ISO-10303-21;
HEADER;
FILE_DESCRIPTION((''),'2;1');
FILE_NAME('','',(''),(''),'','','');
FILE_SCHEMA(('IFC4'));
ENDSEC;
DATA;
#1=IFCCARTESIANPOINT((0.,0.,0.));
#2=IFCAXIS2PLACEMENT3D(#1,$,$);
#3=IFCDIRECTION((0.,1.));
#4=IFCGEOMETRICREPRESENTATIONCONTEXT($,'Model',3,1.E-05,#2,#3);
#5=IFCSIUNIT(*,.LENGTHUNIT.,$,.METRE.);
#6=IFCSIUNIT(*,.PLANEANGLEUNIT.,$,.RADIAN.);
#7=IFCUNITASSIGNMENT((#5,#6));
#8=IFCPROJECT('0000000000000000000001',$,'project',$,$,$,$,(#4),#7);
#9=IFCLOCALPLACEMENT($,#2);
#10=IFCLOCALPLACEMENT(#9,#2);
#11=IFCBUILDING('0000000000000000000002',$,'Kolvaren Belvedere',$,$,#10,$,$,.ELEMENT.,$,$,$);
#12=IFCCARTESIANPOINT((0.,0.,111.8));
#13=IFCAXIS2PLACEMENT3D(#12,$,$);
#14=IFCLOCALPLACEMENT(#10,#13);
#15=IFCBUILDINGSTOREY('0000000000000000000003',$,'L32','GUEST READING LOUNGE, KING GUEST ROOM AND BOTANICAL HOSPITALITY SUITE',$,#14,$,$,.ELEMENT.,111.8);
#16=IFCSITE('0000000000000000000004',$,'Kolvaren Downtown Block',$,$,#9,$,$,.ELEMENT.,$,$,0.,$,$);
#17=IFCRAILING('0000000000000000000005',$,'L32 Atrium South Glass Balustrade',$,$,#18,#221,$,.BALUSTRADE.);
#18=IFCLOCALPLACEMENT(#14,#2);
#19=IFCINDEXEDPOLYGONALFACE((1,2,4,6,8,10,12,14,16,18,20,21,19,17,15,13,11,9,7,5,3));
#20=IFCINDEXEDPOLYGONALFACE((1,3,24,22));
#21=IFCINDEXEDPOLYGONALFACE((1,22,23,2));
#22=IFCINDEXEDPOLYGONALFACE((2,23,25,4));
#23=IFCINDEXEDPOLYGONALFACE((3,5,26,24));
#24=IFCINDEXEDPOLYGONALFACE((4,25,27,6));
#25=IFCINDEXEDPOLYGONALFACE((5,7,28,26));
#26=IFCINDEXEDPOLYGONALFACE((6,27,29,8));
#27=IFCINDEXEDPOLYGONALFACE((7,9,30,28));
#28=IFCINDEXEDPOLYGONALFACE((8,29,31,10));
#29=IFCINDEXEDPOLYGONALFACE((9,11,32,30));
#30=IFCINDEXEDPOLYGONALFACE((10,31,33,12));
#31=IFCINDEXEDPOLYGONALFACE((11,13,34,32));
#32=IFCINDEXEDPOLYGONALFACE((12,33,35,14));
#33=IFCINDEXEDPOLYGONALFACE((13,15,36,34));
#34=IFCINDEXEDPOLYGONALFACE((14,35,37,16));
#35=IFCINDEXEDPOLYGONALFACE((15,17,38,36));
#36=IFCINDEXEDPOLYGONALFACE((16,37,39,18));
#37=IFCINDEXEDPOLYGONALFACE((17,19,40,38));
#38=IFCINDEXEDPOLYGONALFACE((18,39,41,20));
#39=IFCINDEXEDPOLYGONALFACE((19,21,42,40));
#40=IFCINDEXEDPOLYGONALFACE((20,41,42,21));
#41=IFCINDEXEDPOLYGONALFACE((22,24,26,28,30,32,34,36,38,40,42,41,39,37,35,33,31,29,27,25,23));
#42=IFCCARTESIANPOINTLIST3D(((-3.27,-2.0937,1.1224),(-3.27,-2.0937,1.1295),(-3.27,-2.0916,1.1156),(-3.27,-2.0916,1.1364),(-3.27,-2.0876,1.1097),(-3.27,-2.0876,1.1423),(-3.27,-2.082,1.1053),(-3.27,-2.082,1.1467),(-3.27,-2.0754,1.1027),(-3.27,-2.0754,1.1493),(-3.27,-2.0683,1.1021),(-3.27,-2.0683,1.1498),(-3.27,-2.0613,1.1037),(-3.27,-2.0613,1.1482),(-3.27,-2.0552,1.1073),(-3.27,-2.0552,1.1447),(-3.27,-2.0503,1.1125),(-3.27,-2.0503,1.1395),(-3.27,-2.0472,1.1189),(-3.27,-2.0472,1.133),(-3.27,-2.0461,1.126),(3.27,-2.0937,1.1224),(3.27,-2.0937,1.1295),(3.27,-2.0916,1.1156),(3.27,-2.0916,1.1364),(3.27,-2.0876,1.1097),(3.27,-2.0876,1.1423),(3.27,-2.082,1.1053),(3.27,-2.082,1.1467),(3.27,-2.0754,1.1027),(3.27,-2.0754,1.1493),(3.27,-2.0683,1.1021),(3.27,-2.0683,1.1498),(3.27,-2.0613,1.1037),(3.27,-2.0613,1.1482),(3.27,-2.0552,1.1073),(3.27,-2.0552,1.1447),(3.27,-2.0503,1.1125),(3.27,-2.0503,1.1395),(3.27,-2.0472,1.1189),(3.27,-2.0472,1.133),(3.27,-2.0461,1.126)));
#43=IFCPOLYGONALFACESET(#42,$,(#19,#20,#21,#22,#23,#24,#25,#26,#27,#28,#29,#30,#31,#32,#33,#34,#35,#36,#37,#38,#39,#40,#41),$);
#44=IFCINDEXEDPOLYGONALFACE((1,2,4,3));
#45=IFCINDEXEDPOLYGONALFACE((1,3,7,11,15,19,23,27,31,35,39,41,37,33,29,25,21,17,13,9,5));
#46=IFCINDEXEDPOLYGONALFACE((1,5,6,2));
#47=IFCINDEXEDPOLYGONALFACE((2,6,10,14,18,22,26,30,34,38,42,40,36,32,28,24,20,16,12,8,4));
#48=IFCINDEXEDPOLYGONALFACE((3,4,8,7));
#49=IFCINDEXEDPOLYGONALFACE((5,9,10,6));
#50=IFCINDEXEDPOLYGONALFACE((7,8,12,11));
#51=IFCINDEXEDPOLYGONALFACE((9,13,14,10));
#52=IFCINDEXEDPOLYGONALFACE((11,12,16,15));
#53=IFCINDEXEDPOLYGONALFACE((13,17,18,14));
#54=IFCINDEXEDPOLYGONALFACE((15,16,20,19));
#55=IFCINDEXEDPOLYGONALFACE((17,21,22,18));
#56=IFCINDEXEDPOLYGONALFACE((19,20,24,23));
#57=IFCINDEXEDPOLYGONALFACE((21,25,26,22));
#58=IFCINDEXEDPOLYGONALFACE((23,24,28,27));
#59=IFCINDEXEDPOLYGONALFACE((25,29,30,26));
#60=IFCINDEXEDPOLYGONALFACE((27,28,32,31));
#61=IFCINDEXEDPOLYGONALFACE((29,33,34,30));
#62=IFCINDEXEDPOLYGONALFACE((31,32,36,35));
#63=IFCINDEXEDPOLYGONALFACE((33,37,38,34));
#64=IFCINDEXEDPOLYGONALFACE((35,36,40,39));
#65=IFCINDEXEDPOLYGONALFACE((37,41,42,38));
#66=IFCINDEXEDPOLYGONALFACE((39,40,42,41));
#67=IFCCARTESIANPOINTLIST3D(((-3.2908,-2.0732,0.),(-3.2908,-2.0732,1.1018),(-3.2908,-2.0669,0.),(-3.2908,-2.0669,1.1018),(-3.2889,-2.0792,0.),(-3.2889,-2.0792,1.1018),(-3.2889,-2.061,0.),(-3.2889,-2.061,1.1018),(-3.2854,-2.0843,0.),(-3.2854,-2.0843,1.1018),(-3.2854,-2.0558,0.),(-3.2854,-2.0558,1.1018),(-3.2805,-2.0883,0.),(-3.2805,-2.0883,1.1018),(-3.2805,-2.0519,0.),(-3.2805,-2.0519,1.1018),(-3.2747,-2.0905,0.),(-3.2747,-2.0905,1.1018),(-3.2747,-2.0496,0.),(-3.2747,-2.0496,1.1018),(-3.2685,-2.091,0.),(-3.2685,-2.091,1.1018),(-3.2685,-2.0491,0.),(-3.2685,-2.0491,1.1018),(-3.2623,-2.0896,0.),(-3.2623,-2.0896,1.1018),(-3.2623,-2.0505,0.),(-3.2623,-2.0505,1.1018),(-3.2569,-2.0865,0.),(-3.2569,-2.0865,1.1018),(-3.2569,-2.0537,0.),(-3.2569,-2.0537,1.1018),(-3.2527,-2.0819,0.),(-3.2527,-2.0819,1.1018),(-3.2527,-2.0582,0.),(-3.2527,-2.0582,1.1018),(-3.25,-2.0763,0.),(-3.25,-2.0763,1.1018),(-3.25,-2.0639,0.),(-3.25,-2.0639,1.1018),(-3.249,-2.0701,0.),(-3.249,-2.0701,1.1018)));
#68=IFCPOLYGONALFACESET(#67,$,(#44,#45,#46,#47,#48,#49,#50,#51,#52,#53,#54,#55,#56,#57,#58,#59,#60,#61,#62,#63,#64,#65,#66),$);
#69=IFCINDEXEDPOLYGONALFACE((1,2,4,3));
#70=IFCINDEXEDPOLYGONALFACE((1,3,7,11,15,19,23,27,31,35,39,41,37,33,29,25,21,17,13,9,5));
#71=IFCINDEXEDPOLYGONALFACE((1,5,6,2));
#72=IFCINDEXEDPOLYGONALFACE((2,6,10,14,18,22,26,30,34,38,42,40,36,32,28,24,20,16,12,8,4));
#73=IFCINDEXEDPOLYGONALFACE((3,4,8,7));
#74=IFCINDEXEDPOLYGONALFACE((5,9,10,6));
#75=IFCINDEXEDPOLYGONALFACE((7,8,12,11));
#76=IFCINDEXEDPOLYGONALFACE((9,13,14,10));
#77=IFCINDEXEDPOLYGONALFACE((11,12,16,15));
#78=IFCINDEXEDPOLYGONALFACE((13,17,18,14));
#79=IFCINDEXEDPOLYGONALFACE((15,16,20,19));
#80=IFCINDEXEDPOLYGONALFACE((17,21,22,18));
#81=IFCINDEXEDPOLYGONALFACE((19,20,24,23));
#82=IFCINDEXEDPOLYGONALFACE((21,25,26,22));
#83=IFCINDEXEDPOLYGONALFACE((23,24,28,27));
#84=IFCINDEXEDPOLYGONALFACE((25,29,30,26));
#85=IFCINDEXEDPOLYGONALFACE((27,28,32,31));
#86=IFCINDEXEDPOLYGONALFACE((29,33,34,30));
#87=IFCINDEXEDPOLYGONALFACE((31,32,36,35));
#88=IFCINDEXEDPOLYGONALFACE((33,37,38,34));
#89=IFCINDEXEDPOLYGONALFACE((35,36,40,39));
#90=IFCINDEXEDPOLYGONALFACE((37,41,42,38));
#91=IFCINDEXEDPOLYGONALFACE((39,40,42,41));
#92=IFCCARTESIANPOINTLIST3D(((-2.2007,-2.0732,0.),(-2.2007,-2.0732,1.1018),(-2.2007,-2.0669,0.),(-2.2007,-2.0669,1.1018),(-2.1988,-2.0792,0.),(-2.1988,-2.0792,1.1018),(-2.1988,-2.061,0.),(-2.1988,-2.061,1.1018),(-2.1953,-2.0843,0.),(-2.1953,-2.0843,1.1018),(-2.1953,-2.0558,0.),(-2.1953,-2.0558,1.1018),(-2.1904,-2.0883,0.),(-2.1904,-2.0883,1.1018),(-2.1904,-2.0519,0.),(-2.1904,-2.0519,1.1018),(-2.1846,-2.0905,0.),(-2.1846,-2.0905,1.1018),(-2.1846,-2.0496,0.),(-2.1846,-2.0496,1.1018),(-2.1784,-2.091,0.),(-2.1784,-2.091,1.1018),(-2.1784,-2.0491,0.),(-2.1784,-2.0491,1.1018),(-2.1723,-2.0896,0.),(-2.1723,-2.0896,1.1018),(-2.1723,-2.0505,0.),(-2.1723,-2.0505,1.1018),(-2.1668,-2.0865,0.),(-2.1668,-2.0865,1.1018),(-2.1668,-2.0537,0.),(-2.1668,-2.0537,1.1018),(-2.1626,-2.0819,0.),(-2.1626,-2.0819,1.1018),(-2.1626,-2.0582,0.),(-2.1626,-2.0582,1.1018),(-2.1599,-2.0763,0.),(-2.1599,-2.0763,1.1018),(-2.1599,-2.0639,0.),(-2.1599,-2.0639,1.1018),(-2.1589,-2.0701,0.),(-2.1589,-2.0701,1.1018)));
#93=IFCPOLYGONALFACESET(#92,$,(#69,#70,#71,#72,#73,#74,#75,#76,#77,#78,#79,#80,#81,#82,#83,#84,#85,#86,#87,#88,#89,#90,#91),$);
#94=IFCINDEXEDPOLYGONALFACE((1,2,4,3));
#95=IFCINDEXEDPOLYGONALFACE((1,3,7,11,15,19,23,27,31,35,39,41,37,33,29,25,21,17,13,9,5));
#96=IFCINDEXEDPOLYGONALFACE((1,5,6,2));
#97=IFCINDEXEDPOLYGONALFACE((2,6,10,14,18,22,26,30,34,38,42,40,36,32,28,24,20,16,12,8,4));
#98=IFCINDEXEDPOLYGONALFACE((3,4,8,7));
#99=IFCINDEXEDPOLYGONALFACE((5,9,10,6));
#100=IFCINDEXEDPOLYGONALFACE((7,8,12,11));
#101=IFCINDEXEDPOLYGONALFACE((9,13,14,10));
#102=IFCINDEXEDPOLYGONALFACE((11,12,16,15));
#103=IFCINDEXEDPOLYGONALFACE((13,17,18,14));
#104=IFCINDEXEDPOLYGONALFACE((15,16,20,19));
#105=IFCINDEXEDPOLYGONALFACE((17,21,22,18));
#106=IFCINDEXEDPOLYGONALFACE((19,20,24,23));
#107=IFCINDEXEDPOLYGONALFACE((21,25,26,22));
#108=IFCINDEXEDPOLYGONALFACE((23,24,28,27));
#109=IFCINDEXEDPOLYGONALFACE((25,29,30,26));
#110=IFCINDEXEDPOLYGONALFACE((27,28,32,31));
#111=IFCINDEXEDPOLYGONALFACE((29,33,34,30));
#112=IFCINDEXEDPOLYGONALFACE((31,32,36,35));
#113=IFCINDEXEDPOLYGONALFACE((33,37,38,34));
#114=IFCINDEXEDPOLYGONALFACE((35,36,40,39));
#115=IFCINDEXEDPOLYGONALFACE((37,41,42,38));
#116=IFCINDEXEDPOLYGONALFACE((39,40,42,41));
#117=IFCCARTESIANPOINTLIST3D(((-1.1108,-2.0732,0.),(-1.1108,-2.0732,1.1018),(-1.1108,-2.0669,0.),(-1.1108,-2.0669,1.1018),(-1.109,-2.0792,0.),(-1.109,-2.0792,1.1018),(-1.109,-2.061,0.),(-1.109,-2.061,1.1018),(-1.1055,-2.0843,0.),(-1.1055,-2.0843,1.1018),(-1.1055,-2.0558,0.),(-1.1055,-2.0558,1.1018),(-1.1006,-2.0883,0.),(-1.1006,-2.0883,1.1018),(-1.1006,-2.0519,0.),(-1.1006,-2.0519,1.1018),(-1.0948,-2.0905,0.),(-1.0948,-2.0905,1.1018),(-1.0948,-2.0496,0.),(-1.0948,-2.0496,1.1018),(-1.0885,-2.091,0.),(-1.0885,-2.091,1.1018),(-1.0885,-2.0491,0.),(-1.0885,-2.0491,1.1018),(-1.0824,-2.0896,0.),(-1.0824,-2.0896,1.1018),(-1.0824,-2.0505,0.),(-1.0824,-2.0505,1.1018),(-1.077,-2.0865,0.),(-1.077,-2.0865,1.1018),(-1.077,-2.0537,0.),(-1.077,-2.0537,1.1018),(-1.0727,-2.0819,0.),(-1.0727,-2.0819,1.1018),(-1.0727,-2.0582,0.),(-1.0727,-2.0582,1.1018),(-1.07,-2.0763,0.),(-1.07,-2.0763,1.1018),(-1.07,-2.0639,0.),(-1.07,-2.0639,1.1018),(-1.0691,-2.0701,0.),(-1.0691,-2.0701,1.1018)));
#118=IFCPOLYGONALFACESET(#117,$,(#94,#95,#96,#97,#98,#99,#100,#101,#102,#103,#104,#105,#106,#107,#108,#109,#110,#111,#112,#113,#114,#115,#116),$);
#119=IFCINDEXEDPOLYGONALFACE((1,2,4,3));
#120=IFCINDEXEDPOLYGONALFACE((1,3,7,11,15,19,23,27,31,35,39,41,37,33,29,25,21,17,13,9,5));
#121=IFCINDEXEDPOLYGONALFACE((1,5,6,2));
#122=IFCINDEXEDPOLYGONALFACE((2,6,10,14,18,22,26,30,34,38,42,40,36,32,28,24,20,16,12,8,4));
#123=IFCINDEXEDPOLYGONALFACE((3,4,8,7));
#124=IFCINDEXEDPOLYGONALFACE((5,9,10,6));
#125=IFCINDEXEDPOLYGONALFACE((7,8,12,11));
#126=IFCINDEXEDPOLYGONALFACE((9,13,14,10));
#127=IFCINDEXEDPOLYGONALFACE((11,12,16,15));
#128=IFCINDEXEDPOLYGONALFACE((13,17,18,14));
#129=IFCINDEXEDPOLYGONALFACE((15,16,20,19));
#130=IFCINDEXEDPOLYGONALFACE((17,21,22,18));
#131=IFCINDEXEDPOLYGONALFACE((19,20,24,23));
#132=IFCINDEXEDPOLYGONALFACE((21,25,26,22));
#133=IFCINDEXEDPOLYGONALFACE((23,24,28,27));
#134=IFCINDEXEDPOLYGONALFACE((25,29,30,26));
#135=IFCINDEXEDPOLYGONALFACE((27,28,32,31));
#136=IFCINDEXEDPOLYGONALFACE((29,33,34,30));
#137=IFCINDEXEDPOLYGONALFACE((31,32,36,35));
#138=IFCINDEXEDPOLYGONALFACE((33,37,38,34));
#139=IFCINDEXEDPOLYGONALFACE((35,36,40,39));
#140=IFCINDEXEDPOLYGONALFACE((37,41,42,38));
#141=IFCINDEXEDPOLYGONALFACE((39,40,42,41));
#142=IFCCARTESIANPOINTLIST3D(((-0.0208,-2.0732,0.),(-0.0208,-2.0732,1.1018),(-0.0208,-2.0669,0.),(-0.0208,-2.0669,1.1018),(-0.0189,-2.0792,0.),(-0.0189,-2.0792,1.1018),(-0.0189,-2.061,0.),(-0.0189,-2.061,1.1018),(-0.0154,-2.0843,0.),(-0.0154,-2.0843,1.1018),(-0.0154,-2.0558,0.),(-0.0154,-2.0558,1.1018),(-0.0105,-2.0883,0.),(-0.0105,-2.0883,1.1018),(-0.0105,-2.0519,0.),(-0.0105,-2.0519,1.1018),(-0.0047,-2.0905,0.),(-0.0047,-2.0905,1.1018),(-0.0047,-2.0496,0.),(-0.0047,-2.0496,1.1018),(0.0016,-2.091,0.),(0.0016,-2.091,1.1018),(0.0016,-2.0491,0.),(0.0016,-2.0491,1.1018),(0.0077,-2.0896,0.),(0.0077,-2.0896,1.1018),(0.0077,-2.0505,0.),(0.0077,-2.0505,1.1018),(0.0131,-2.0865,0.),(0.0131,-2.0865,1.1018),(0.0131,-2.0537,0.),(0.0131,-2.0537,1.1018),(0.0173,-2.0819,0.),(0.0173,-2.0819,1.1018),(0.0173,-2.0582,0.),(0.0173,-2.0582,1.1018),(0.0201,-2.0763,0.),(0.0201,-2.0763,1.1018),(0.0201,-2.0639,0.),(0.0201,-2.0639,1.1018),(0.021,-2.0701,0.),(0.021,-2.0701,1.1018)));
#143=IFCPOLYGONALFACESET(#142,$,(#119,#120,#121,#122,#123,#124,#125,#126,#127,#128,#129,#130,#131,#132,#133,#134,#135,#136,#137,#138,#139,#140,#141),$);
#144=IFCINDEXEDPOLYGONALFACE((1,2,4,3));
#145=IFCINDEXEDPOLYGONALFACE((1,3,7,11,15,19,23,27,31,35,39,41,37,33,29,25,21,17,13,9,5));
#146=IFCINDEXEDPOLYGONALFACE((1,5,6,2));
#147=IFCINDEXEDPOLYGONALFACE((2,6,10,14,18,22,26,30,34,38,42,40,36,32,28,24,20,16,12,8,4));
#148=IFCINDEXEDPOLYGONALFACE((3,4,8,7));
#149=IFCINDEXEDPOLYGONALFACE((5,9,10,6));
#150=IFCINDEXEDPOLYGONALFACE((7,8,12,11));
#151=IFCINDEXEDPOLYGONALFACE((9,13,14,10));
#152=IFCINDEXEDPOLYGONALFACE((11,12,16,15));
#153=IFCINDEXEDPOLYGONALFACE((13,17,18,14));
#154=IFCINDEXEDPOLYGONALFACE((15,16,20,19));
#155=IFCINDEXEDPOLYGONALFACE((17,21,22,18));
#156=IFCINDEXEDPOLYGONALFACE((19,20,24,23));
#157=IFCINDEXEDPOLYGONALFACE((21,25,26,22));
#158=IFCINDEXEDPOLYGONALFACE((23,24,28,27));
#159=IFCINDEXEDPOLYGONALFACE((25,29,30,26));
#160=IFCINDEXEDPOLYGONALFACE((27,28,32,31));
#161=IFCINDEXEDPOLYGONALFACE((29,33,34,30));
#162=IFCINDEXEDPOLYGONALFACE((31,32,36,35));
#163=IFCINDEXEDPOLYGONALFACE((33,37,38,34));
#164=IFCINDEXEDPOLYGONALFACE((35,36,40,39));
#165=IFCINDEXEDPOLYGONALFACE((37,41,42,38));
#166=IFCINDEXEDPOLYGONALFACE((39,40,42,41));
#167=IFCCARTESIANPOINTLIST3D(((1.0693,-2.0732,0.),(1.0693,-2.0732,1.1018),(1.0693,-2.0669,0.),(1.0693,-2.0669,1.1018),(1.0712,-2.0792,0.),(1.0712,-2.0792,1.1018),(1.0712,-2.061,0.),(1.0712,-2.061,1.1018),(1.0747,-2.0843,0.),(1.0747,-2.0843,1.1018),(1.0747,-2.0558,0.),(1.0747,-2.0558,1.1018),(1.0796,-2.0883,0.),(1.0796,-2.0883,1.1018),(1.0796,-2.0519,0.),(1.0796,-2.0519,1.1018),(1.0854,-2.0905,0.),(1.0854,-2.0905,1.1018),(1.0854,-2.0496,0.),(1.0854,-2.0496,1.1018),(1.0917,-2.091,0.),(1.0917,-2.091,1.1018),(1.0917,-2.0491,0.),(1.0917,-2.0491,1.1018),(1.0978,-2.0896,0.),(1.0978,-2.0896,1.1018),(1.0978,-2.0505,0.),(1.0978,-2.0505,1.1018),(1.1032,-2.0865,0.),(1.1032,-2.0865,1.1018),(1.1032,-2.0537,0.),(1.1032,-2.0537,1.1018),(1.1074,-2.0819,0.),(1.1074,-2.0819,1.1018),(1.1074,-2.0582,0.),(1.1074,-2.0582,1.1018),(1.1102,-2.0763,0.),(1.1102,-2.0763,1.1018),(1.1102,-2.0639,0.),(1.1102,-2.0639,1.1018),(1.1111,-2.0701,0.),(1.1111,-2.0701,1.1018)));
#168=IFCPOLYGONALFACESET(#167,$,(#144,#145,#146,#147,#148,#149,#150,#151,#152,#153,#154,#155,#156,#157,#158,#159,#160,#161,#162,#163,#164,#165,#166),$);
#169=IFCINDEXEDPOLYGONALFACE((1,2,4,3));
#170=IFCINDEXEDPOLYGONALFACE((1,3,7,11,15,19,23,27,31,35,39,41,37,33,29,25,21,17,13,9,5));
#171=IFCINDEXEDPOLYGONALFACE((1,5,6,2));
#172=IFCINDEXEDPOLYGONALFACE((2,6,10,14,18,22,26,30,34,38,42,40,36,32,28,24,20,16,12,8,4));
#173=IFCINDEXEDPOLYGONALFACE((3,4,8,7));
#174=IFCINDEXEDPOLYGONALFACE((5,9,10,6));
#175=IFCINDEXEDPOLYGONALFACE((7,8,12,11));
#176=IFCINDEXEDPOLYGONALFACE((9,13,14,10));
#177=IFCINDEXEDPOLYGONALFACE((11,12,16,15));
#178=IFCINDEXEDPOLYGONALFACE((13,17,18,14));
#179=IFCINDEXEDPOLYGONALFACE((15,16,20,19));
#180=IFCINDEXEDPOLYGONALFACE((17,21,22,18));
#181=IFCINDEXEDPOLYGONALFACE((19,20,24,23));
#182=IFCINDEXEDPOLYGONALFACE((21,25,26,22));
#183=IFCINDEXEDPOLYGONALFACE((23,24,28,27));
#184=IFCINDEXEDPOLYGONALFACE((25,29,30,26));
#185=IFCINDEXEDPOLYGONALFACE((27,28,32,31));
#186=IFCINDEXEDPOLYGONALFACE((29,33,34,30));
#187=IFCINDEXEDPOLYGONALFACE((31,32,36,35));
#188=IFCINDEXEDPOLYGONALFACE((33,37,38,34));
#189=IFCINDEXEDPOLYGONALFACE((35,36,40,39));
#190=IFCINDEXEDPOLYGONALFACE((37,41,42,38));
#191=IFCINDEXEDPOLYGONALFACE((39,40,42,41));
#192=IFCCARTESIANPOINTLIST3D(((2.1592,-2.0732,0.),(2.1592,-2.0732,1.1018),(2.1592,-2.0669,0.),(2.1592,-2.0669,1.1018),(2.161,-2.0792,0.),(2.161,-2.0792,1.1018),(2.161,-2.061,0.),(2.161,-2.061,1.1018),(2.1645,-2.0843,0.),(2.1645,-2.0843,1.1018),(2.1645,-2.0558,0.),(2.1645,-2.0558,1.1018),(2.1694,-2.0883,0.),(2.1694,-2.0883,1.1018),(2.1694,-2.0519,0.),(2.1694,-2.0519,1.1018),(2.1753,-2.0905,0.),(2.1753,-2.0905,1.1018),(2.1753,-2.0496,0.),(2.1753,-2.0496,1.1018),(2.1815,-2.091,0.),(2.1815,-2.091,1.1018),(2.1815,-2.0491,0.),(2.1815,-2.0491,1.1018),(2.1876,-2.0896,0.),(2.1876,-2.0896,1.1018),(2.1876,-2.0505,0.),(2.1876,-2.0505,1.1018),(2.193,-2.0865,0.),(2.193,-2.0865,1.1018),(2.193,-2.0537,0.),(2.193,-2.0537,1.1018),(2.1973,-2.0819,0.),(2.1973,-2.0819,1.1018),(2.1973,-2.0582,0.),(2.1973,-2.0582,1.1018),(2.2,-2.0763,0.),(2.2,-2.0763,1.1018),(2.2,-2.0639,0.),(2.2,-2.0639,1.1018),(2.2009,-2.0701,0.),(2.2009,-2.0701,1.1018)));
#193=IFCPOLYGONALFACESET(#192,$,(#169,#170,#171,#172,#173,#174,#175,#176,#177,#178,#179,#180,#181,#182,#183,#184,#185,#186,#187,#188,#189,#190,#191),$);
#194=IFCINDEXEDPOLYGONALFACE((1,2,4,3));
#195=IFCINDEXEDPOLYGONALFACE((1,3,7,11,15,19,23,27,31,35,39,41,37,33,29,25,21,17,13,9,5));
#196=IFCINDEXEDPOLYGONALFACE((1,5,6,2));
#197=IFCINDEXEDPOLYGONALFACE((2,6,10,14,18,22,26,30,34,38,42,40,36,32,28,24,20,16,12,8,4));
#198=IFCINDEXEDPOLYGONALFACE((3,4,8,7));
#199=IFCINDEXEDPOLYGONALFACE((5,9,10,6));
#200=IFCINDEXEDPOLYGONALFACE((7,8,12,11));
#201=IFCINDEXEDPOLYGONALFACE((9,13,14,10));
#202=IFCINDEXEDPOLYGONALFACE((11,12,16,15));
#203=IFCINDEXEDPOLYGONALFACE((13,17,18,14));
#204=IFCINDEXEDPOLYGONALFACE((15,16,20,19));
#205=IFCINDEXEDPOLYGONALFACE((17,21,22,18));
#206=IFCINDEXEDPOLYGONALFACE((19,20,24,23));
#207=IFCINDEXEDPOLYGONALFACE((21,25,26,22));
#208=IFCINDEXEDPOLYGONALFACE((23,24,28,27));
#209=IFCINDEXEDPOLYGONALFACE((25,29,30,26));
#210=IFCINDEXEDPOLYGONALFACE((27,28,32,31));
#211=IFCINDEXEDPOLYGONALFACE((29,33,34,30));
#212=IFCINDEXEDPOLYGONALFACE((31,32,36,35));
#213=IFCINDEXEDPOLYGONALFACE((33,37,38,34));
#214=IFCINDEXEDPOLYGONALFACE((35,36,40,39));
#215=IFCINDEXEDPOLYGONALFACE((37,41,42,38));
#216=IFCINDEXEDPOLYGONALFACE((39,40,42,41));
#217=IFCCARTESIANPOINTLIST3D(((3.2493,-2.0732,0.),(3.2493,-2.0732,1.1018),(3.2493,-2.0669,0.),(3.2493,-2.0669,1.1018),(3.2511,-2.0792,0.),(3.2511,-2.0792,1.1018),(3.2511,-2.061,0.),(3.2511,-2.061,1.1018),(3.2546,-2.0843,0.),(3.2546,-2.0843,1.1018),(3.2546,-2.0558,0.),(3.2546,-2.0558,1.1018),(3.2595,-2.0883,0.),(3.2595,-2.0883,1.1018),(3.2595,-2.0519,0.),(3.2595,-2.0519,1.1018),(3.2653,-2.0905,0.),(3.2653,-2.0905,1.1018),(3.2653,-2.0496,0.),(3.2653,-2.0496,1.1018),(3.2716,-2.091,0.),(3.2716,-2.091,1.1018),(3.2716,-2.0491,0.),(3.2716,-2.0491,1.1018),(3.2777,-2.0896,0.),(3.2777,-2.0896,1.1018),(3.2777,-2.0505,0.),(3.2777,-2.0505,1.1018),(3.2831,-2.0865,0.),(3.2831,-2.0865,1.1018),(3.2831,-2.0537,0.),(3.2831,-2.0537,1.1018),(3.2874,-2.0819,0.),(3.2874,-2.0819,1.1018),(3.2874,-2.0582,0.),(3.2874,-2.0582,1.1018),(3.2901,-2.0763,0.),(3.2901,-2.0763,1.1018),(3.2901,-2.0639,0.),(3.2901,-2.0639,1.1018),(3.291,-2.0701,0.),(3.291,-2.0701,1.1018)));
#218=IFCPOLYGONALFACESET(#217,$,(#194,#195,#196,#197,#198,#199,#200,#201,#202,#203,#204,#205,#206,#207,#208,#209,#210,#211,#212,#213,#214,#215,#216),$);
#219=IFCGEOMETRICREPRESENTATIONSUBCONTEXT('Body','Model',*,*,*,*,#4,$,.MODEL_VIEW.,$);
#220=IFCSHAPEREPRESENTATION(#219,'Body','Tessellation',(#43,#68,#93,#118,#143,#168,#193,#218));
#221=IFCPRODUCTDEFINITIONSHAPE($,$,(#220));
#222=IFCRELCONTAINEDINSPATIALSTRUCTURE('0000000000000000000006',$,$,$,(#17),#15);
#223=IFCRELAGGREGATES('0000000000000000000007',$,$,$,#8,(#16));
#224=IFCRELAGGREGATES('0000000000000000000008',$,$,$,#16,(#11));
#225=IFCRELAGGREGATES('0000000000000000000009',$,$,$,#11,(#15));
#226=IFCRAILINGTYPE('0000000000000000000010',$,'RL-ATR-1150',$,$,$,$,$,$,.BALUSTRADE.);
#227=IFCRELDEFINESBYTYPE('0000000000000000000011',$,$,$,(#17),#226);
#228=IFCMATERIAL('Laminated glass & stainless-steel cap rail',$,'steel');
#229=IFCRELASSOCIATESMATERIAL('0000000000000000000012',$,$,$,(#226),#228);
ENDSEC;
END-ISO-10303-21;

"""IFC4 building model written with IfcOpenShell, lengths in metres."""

from ifc_helpers import new_model, si_unit, direction, frame, origin, origin_2d, place, context, subcontext, project, spatial, circle, extrude, material, type_object, element, save


model = new_model("IFC4")

# Units and contexts
model_context = context("Model", 3, precision=1e-05, world=origin(), true_north=direction((0.0, 1.0)))
body_context = subcontext(model_context, "Body", "Model", "MODEL_VIEW")
ifc_project = project(units=[si_unit("LENGTHUNIT", "METRE"), si_unit("PLANEANGLEUNIT", "RADIAN")], contexts=[model_context])

# Site, building, storey
site_placement = place(None, origin())
site = spatial("IfcSite", under=ifc_project, at=site_placement, Name="Kolvaren Downtown Block", CompositionType="ELEMENT", RefElevation=0.0)
building_placement = place(site_placement, origin())
building = spatial("IfcBuilding", under=site, at=building_placement, Name="Kolvaren Belvedere", CompositionType="ELEMENT")
storey_placement = place(building_placement, frame((0.0, 0.0, 111.8)))
storey = spatial("IfcBuildingStorey", under=building, at=storey_placement, Name="L32", Description="GUEST READING LOUNGE, KING GUEST ROOM AND BOTANICAL HOSPITALITY SUITE", CompositionType="ELEMENT", Elevation=111.8)

# Railing
ifc_material_1 = material(Name="Laminated glass & stainless-steel cap rail", Category="steel")
railing_type_1 = type_object("IfcRailingType", Name="RL-ATR-1150", PredefinedType="BALUSTRADE", material=ifc_material_1)
railing_1_placement = place(storey_placement, frame((-3.27, -2.0701, 0.0)))
element("IfcRailing", 1, at=railing_1_placement, inside=storey, type_object=railing_type_1, Name="L32 Atrium South Glass Balustrade", PredefinedType="BALUSTRADE", context=body_context, shape_type="SweptSolid", body=[
    extrude(circle(Radius=0.0239, at=origin_2d()), frame((0.0, 0.0, 1.126), z_axis=(1.0, 0.0, 0.0), x_axis=(0.0, 1.0, 0.0)), (0.0, 0.0, 1.0), 6.54),
    extrude(circle(Radius=0.021, at=origin_2d()), origin(), (0.0, 0.0, 1.0), 1.1018),
    extrude(circle(Radius=0.021, at=origin_2d()), frame((1.0901, 0.0, 0.0)), (0.0, 0.0, 1.0), 1.1018),
    extrude(circle(Radius=0.021, at=origin_2d()), frame((2.1799, 0.0, 0.0)), (0.0, 0.0, 1.0), 1.1018),
    extrude(circle(Radius=0.021, at=origin_2d()), frame((3.27, 0.0, 0.0)), (0.0, 0.0, 1.0), 1.1018),
    extrude(circle(Radius=0.021, at=origin_2d()), frame((4.3601, 0.0, 0.0)), (0.0, 0.0, 1.0), 1.1018),
    extrude(circle(Radius=0.021, at=origin_2d()), frame((5.45, 0.0, 0.0)), (0.0, 0.0, 1.0), 1.1018),
    extrude(circle(Radius=0.021, at=origin_2d()), frame((6.54, 0.0, 0.0)), (0.0, 0.0, 1.0), 1.1018),
])

save(model, "model.ifc")
